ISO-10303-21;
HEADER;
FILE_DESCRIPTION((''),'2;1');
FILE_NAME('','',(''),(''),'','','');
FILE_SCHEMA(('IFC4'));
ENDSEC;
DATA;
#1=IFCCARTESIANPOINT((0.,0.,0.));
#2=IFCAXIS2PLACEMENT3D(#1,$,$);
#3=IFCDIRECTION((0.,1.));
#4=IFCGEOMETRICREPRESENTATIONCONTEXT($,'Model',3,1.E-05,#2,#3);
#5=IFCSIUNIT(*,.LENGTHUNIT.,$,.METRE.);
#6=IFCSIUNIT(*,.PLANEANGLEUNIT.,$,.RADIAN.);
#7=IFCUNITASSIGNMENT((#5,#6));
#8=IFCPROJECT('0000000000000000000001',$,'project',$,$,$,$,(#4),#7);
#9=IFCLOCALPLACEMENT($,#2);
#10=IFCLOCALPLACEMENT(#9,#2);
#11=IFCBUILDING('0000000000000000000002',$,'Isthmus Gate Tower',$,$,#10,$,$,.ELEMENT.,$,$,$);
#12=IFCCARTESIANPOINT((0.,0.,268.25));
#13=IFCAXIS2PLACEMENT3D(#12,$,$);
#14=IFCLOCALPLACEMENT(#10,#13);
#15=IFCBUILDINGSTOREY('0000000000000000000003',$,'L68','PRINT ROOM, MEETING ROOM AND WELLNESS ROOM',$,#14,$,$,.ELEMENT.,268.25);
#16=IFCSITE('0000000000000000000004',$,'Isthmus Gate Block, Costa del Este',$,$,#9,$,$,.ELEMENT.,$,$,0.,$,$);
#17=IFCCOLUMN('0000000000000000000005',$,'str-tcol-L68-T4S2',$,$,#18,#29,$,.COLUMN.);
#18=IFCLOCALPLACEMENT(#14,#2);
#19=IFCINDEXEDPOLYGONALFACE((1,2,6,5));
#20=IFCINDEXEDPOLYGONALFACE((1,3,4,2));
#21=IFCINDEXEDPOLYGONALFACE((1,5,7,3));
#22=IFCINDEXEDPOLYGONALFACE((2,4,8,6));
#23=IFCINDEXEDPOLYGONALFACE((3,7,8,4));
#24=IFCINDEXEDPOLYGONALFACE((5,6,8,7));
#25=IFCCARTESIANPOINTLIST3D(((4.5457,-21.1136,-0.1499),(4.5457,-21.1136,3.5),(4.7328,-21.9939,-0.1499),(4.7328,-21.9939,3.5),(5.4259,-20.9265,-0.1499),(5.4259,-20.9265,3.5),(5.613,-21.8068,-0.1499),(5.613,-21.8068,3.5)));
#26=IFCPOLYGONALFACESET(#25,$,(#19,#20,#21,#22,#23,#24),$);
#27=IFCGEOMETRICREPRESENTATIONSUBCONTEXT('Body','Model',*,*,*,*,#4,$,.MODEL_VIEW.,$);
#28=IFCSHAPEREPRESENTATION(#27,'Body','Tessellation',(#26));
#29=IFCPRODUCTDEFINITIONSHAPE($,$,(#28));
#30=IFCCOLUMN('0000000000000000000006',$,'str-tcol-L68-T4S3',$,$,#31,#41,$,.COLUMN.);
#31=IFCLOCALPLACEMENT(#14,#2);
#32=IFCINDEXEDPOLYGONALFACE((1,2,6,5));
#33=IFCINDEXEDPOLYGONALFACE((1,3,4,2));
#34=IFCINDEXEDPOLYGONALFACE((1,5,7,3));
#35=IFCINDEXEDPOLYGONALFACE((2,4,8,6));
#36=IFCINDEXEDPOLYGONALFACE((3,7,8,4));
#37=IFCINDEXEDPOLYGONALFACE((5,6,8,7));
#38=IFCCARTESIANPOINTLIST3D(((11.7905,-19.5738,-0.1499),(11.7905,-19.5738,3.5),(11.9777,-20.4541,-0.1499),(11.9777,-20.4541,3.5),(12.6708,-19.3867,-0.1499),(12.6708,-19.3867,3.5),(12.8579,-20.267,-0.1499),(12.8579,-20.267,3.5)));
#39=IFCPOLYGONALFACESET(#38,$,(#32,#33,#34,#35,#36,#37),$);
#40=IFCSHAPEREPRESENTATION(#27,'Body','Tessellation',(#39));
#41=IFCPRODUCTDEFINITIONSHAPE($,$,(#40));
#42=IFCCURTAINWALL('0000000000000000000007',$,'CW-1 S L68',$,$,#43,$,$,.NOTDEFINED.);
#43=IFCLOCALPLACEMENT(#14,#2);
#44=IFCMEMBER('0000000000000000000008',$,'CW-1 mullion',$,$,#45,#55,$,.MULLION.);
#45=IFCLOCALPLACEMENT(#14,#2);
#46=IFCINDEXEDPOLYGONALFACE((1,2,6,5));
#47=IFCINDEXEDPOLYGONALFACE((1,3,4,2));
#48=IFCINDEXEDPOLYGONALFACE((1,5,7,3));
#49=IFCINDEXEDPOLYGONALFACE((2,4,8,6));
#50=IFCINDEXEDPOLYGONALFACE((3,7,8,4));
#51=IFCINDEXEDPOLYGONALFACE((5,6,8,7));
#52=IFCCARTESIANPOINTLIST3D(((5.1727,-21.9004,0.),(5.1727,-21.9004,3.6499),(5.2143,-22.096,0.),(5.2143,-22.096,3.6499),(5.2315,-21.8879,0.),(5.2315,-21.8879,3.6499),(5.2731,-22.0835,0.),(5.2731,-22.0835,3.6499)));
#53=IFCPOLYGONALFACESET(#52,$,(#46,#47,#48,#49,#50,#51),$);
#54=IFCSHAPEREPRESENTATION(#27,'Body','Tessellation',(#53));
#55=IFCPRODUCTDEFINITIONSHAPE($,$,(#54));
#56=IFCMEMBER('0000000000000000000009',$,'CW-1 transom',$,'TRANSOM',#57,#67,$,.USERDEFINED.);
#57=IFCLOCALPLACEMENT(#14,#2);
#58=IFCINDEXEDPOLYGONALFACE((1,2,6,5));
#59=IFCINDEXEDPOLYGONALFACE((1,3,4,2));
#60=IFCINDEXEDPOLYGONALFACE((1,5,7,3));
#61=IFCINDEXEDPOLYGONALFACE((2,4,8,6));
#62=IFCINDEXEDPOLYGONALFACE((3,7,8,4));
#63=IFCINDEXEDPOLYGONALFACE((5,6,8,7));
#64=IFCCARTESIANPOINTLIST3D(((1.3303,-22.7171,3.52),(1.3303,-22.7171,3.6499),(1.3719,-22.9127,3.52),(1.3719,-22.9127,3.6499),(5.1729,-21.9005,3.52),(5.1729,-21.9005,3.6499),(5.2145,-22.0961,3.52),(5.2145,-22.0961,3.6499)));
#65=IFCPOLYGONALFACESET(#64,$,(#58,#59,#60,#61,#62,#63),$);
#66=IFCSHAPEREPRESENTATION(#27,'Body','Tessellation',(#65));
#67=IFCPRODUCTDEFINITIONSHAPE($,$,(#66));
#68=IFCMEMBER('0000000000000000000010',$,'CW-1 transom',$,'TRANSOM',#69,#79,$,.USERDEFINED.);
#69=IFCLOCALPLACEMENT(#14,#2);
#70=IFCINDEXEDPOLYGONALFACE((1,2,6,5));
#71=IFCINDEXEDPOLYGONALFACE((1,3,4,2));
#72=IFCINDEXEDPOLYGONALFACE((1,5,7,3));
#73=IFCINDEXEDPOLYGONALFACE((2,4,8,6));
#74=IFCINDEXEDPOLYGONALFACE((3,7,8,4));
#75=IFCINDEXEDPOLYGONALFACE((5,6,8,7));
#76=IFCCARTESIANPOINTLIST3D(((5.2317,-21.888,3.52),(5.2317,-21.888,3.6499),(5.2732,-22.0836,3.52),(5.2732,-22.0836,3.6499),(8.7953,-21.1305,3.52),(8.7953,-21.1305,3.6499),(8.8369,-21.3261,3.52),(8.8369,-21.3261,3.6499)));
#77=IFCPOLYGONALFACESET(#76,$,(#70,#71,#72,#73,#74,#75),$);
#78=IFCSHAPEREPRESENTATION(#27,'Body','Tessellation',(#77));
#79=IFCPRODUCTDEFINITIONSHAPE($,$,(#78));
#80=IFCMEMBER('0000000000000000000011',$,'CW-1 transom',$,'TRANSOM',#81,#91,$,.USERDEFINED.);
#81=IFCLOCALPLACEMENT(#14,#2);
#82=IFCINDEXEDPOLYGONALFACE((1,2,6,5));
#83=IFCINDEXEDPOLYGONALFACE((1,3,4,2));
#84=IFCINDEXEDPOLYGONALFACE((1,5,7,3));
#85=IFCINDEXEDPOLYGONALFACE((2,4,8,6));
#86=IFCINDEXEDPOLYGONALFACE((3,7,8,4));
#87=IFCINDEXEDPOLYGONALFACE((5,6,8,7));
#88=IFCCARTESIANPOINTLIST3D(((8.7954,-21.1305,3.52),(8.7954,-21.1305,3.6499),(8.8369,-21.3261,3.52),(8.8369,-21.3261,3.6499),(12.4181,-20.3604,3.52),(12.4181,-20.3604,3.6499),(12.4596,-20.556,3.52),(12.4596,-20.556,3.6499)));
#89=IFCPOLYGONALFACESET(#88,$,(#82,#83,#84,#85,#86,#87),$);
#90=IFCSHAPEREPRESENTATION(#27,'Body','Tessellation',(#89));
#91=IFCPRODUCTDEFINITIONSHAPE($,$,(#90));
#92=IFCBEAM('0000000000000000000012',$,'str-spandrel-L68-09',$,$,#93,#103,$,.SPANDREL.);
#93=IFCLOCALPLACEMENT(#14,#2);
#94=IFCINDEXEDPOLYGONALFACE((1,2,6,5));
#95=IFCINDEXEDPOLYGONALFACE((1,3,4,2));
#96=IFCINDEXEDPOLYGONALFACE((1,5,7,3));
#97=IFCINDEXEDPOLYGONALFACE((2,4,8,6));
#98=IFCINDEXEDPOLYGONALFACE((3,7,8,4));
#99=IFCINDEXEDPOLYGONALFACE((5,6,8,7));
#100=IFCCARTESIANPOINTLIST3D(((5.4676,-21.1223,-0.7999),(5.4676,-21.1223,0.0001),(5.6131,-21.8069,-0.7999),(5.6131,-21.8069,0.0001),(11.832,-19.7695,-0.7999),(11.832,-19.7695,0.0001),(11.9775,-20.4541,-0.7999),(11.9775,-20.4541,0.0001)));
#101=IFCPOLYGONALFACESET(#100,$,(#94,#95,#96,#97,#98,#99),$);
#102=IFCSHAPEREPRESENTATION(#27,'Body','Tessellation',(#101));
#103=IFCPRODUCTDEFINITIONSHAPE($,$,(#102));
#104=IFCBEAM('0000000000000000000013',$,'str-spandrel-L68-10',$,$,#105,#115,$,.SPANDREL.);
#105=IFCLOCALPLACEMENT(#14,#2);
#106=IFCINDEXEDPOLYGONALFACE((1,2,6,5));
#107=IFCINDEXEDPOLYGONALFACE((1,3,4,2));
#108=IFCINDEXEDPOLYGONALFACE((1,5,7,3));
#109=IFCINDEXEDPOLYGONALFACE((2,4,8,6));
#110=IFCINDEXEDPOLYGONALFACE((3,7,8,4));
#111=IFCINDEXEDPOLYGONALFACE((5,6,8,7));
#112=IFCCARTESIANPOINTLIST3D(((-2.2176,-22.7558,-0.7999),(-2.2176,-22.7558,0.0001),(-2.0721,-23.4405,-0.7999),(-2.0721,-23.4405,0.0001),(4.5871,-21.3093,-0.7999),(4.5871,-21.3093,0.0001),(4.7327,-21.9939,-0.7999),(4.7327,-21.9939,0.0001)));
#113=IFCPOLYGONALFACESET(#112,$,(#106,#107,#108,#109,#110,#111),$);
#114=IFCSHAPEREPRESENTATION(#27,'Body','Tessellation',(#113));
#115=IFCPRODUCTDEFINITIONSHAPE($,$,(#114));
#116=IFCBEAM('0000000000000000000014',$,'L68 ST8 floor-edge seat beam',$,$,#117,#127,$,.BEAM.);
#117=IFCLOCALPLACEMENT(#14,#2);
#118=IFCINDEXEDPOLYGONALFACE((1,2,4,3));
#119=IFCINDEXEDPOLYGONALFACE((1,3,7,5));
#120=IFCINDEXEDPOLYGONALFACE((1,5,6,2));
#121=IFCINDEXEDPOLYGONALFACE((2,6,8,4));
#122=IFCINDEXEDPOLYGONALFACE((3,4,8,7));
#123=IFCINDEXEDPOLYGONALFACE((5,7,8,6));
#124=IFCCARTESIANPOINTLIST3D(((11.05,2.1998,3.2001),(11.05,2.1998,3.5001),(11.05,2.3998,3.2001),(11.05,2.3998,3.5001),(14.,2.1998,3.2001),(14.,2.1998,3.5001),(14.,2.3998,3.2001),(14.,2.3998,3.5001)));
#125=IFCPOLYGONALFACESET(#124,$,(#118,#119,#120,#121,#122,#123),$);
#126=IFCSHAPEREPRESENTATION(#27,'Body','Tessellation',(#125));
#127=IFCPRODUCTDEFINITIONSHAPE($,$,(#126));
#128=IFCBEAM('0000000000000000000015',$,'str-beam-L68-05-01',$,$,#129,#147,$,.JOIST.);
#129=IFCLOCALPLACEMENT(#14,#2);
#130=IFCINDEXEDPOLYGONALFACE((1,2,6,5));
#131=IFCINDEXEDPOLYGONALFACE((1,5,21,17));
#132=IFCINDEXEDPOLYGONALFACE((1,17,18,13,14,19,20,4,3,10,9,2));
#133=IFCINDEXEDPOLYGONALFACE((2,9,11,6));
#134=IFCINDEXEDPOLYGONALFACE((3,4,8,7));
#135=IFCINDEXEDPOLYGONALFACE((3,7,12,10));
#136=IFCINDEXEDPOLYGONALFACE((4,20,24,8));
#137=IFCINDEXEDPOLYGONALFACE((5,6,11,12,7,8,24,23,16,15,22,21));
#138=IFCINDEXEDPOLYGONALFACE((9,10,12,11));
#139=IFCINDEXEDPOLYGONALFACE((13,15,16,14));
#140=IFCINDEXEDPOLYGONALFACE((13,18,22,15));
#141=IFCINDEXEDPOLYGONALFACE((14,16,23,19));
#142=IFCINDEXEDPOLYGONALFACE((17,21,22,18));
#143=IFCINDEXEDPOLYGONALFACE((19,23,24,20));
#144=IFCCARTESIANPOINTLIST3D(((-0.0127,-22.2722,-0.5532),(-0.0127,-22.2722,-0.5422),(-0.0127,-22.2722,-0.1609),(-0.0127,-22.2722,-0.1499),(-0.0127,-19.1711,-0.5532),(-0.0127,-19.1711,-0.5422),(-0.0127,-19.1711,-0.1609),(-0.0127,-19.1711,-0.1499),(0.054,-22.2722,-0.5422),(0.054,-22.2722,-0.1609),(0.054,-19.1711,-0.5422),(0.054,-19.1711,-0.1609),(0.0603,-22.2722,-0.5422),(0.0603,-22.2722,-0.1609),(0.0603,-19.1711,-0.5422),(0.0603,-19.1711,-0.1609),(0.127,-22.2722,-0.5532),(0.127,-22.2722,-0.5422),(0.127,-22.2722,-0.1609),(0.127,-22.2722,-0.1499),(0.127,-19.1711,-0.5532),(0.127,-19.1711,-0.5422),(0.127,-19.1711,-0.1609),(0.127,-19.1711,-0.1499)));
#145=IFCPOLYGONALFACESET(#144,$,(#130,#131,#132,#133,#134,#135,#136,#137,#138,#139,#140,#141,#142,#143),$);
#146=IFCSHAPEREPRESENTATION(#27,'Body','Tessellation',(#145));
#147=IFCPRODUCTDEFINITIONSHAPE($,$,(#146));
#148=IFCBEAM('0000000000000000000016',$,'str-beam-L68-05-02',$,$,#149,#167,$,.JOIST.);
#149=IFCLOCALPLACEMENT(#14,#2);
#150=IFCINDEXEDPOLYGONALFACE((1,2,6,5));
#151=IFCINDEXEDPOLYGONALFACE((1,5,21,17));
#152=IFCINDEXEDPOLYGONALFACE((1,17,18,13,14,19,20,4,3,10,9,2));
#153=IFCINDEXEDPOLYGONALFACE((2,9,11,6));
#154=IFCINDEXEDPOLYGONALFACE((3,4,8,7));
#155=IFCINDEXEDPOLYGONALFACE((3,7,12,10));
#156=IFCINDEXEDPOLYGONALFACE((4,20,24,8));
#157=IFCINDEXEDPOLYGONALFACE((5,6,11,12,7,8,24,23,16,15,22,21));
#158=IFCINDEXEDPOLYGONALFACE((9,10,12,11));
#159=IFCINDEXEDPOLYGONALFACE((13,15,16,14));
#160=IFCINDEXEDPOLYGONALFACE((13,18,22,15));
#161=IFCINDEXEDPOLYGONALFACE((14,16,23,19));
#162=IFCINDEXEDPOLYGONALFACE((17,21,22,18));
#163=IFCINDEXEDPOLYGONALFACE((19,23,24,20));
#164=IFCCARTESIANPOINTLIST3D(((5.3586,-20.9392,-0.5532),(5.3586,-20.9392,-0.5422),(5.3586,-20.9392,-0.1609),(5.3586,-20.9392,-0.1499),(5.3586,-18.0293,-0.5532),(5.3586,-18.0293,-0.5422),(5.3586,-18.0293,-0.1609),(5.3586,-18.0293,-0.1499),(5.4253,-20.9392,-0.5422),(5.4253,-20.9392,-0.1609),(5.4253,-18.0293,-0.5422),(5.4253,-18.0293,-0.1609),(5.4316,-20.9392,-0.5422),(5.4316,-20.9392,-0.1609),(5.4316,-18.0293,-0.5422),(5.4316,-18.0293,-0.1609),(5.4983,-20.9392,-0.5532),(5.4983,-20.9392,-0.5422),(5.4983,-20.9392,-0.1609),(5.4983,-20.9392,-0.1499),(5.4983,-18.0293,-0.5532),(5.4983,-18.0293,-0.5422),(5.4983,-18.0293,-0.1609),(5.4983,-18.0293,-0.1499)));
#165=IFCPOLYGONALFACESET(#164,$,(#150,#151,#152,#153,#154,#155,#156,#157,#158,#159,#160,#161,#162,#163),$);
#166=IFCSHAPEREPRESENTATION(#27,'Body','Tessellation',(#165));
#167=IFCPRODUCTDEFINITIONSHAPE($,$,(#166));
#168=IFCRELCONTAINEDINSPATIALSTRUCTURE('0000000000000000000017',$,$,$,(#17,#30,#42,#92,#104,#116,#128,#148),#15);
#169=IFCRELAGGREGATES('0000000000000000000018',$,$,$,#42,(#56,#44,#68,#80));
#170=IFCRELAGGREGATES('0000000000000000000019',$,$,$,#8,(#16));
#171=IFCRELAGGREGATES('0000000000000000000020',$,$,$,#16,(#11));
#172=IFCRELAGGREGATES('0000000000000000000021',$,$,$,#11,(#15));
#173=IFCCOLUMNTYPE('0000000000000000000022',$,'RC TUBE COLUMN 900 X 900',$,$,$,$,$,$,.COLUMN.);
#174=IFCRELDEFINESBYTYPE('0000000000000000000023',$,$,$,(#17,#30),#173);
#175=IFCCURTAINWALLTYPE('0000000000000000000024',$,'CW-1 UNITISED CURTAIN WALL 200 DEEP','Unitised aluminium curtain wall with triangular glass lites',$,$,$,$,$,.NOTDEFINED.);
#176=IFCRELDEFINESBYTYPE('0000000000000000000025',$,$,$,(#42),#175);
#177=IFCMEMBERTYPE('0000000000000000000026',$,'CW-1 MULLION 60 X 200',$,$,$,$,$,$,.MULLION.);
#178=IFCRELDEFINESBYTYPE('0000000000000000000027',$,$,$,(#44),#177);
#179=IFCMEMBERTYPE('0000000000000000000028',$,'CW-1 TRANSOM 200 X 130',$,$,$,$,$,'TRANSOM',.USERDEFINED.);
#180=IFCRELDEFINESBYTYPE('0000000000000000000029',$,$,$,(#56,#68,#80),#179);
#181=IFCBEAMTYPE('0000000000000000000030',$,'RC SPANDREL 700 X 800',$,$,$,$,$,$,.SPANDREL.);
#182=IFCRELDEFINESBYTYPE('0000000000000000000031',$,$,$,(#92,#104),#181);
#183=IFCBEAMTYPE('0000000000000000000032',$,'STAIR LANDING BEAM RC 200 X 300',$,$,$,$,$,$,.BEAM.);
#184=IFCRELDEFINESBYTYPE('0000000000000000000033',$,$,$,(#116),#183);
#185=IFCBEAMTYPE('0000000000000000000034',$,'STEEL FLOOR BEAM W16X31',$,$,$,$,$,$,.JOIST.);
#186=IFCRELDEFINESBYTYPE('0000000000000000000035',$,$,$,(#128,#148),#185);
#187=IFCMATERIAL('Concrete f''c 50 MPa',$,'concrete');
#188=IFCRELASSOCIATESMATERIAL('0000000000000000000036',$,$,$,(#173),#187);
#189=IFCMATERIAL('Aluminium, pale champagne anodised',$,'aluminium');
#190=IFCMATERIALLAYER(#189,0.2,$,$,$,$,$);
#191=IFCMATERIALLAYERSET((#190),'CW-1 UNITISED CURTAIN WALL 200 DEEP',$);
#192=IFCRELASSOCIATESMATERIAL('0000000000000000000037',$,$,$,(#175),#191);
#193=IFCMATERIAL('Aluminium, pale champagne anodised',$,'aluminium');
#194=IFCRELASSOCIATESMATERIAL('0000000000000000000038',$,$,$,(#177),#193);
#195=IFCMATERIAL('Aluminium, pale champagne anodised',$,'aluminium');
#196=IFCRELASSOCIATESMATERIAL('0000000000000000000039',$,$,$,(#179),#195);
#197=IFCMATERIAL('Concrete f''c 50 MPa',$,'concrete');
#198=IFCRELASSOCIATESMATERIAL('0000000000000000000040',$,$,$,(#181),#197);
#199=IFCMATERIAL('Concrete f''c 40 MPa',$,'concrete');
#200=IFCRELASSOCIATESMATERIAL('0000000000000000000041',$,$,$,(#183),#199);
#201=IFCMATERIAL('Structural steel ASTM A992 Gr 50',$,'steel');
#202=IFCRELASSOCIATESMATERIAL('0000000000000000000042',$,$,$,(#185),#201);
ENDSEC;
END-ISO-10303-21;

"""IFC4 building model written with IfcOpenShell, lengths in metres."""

from ifc_helpers import new_model, si_unit, direction, frame, origin, origin_2d, place, context, subcontext, project, spatial, rectangle, i_section, extrude, material, layer, layer_set, material_profile, profile_set, type_object, element, aggregate, save


model = new_model("IFC4")

# Units and contexts
model_context = context("Model", 3, precision=1e-05, world=origin(), true_north=direction((0.0, 1.0)))
body_context = subcontext(model_context, "Body", "Model", "MODEL_VIEW")
ifc_project = project(units=[si_unit("LENGTHUNIT", "METRE"), si_unit("PLANEANGLEUNIT", "RADIAN")], contexts=[model_context])

# Site, building, storey
site_placement = place(None, origin())
site = spatial("IfcSite", under=ifc_project, at=site_placement, Name="Isthmus Gate Block, Costa del Este", CompositionType="ELEMENT", RefElevation=0.0)
building_placement = place(site_placement, origin())
building = spatial("IfcBuilding", under=site, at=building_placement, Name="Isthmus Gate Tower", CompositionType="ELEMENT")
storey_placement = place(building_placement, frame((0.0, 0.0, 268.25)))
storey = spatial("IfcBuildingStorey", under=building, at=storey_placement, Name="L68", Description="PRINT ROOM, MEETING ROOM AND WELLNESS ROOM", CompositionType="ELEMENT", Elevation=268.25)

# Columns
ifc_material_1 = material(Name="Concrete f'c 50 MPa", Category="concrete")
ifc_material_profile_1 = material_profile(ifc_material_1, rectangle(XDim=0.8999, YDim=0.8999, at=origin_2d()), Name="RC 900X900")
ifc_profile_set_1 = profile_set([ifc_material_profile_1], Name="Concrete f'c 50 MPa")
column_type = type_object("IfcColumnType", Name="RC TUBE COLUMN 900 X 900", PredefinedType="COLUMN", material=ifc_profile_set_1)
for number, where, z_axis, x_axis, name in (
    (1, (5.0793, -21.4602, -0.1499), (0.0, 0.0, 1.0), (0.978148, 0.207912, 0.0), "str-tcol-L68-T4S2"),
    (2, (12.3242, -19.9204, -0.1499), (0.0, 0.0, 1.0), (0.978148, 0.207912, 0.0), "str-tcol-L68-T4S3"),
):
    element("IfcColumn", number, at=place(storey_placement, frame(where, z_axis=z_axis, x_axis=x_axis)), inside=storey, type_object=column_type, Name=name, PredefinedType="COLUMN", context=body_context, shape_type="SweptSolid", body=[
        extrude(rectangle(XDim=0.8999, YDim=0.8999, at=origin_2d()), origin(), (0.0, 0.0, 1.0), 3.6499),
    ])

# Curtain wall, members
ifc_material_2 = material(Name="Aluminium, pale champagne anodised", Category="aluminium")
ifc_layer_1 = layer(ifc_material_2, 0.2)
ifc_layer_set_1 = layer_set([ifc_layer_1], Name="CW-1 UNITISED CURTAIN WALL 200 DEEP")
curtain_wall_type = type_object("IfcCurtainWallType", Name="CW-1 UNITISED CURTAIN WALL 200 DEEP", Description="Unitised aluminium curtain wall with triangular glass lites", PredefinedType="NOTDEFINED", material=ifc_layer_set_1)
curtain_wall_placement = place(storey_placement, origin())
curtain_wall = element("IfcCurtainWall", 3, at=curtain_wall_placement, inside=storey, type_object=curtain_wall_type, Name="CW-1 S L68", PredefinedType="NOTDEFINED")
ifc_material_3 = material(Name="Aluminium, pale champagne anodised", Category="aluminium")
ifc_material_profile_2 = material_profile(ifc_material_3, rectangle(XDim=0.0601, YDim=0.2, at=origin_2d()), Name="60x200")
ifc_profile_set_2 = profile_set([ifc_material_profile_2], Name="Aluminium, pale champagne anodised")
member_type_1 = type_object("IfcMemberType", Name="CW-1 MULLION 60 X 200", PredefinedType="MULLION", material=ifc_profile_set_2)
member_1_placement = place(storey_placement, frame((5.2229, -21.9919, 0.0), z_axis=(0.0, 0.0, 1.0), x_axis=(0.978148, 0.207912, 0.0)))
member_1 = element("IfcMember", 4, at=member_1_placement, type_object=member_type_1, Name="CW-1 mullion", PredefinedType="MULLION", context=body_context, shape_type="SweptSolid", body=[
    extrude(rectangle(XDim=0.0601, YDim=0.2, at=origin_2d()), origin(), (0.0, 0.0, 1.0), 3.6499),
])
ifc_material_4 = material(Name="Aluminium, pale champagne anodised", Category="aluminium")
ifc_material_profile_3 = material_profile(ifc_material_4, rectangle(XDim=0.2, YDim=0.1299, at=origin_2d()), Name="200x130")
ifc_profile_set_3 = profile_set([ifc_material_profile_3], Name="Aluminium, pale champagne anodised")
member_type_2 = type_object("IfcMemberType", Name="CW-1 TRANSOM 200 X 130", ElementType="TRANSOM", PredefinedType="USERDEFINED", material=ifc_profile_set_3)
member_2_placement = place(storey_placement, frame((1.3511, -22.8149, 3.585), z_axis=(0.978153, 0.207886, 0.0), x_axis=(-0.207886, 0.978153, 0.0)))
member_2 = element("IfcMember", 5, at=member_2_placement, type_object=member_type_2, Name="CW-1 transom", ObjectType="TRANSOM", PredefinedType="USERDEFINED", context=body_context, shape_type="SweptSolid", body=[
    extrude(rectangle(XDim=0.2, YDim=0.1299, at=origin_2d()), origin(), (0.0, 0.0, 1.0), 3.9285),
])
member_3_placement = place(storey_placement, frame((5.2524, -21.9858, 3.585), z_axis=(0.978143, 0.207932, 0.0), x_axis=(-0.207932, 0.978143, 0.0)))
member_3 = element("IfcMember", 6, at=member_3_placement, type_object=member_type_2, Name="CW-1 transom", ObjectType="TRANSOM", PredefinedType="USERDEFINED", context=body_context, shape_type="SweptSolid", body=[
    extrude(rectangle(XDim=0.2, YDim=0.1299, at=origin_2d()), origin(), (0.0, 0.0, 1.0), 3.6433),
])
member_4_placement = place(storey_placement, frame((8.8162, -21.2283, 3.585), z_axis=(0.978146, 0.207917, 0.0), x_axis=(-0.207917, 0.978146, 0.0)))
member_4 = element("IfcMember", 7, at=member_4_placement, type_object=member_type_2, Name="CW-1 transom", ObjectType="TRANSOM", PredefinedType="USERDEFINED", context=body_context, shape_type="SweptSolid", body=[
    extrude(rectangle(XDim=0.2, YDim=0.1299, at=origin_2d()), origin(), (0.0, 0.0, 1.0), 3.7036),
])

# Beams
ifc_material_5 = material(Name="Concrete f'c 50 MPa", Category="concrete")
ifc_material_profile_4 = material_profile(ifc_material_5, rectangle(XDim=0.7, YDim=0.8, at=origin_2d()), Name="RC 700X800")
ifc_profile_set_4 = profile_set([ifc_material_profile_4], Name="Concrete f'c 50 MPa")
beam_type_1 = type_object("IfcBeamType", Name="RC SPANDREL 700 X 800", PredefinedType="SPANDREL", material=ifc_profile_set_4)
beam_1_placement = place(storey_placement, frame((11.9048, -20.1118, -0.3999), z_axis=(-0.978149, -0.207907, 0.0), x_axis=(0.207907, -0.978149, 0.0)))
element("IfcBeam", 8, at=beam_1_placement, inside=storey, type_object=beam_type_1, Name="str-spandrel-L68-09", PredefinedType="SPANDREL", context=body_context, shape_type="SweptSolid", body=[
    extrude(rectangle(XDim=0.7, YDim=0.8, at=origin_2d()), origin(), (0.0, 0.0, 1.0), 6.5066),
])
beam_2_placement = place(storey_placement, frame((4.6599, -21.6516, -0.3999), z_axis=(-0.978143, -0.207933, 0.0), x_axis=(0.207933, -0.978143, 0.0)))
element("IfcBeam", 9, at=beam_2_placement, inside=storey, type_object=beam_type_1, Name="str-spandrel-L68-10", PredefinedType="SPANDREL", context=body_context, shape_type="SweptSolid", body=[
    extrude(rectangle(XDim=0.7, YDim=0.8, at=origin_2d()), origin(), (0.0, 0.0, 1.0), 6.9568),
])
ifc_material_6 = material(Name="Concrete f'c 40 MPa", Category="concrete")
ifc_material_profile_5 = material_profile(ifc_material_6, rectangle(XDim=0.2, YDim=0.3, at=origin_2d()), Name="STAIR LANDING BEAM RC 200 X 300")
ifc_profile_set_5 = profile_set([ifc_material_profile_5], Name="Concrete f'c 40 MPa")
beam_type_2 = type_object("IfcBeamType", Name="STAIR LANDING BEAM RC 200 X 300", PredefinedType="BEAM", material=ifc_profile_set_5)
beam_3_placement = place(storey_placement, frame((11.05, 2.2998, 3.3501), z_axis=(1.0, 0.0, 0.0), x_axis=(0.0, 1.0, 0.0)))
element("IfcBeam", 10, at=beam_3_placement, inside=storey, type_object=beam_type_2, Name="L68 ST8 floor-edge seat beam", PredefinedType="BEAM", context=body_context, shape_type="SweptSolid", body=[
    extrude(rectangle(XDim=0.2, YDim=0.3, at=origin_2d()), origin(), (0.0, 0.0, 1.0), 2.95),
])
ifc_material_7 = material(Name="Structural steel ASTM A992 Gr 50", Category="steel")
ifc_material_profile_6 = material_profile(ifc_material_7, i_section(OverallWidth=0.1396, OverallDepth=0.4033, WebThickness=0.0063, FlangeThickness=0.011, at=origin_2d()), Name="W16X31")
ifc_profile_set_6 = profile_set([ifc_material_profile_6], Name="Structural steel ASTM A992 Gr 50")
beam_type_3 = type_object("IfcBeamType", Name="STEEL FLOOR BEAM W16X31", PredefinedType="JOIST", material=ifc_profile_set_6)
beam_4_placement = place(storey_placement, frame((0.0571, -22.2722, -0.3516), z_axis=(0.0, 1.0, 0.0), x_axis=(-1.0, 0.0, 0.0)))
element("IfcBeam", 11, at=beam_4_placement, inside=storey, type_object=beam_type_3, Name="str-beam-L68-05-01", PredefinedType="JOIST", context=body_context, shape_type="SweptSolid", body=[
    extrude(i_section(OverallWidth=0.1396, OverallDepth=0.4033, WebThickness=0.0063, FlangeThickness=0.011, at=origin_2d()), origin(), (0.0, 0.0, 1.0), 3.1011),
])
beam_5_placement = place(storey_placement, frame((5.4285, -20.9392, -0.3516), z_axis=(0.0, 1.0, 0.0), x_axis=(-1.0, 0.0, 0.0)))
element("IfcBeam", 12, at=beam_5_placement, inside=storey, type_object=beam_type_3, Name="str-beam-L68-05-02", PredefinedType="JOIST", context=body_context, shape_type="SweptSolid", body=[
    extrude(i_section(OverallWidth=0.1396, OverallDepth=0.4033, WebThickness=0.0063, FlangeThickness=0.011, at=origin_2d()), origin(), (0.0, 0.0, 1.0), 2.9099),
])

aggregate(curtain_wall, [member_2, member_1, member_3, member_4])

save(model, "model.ifc")
